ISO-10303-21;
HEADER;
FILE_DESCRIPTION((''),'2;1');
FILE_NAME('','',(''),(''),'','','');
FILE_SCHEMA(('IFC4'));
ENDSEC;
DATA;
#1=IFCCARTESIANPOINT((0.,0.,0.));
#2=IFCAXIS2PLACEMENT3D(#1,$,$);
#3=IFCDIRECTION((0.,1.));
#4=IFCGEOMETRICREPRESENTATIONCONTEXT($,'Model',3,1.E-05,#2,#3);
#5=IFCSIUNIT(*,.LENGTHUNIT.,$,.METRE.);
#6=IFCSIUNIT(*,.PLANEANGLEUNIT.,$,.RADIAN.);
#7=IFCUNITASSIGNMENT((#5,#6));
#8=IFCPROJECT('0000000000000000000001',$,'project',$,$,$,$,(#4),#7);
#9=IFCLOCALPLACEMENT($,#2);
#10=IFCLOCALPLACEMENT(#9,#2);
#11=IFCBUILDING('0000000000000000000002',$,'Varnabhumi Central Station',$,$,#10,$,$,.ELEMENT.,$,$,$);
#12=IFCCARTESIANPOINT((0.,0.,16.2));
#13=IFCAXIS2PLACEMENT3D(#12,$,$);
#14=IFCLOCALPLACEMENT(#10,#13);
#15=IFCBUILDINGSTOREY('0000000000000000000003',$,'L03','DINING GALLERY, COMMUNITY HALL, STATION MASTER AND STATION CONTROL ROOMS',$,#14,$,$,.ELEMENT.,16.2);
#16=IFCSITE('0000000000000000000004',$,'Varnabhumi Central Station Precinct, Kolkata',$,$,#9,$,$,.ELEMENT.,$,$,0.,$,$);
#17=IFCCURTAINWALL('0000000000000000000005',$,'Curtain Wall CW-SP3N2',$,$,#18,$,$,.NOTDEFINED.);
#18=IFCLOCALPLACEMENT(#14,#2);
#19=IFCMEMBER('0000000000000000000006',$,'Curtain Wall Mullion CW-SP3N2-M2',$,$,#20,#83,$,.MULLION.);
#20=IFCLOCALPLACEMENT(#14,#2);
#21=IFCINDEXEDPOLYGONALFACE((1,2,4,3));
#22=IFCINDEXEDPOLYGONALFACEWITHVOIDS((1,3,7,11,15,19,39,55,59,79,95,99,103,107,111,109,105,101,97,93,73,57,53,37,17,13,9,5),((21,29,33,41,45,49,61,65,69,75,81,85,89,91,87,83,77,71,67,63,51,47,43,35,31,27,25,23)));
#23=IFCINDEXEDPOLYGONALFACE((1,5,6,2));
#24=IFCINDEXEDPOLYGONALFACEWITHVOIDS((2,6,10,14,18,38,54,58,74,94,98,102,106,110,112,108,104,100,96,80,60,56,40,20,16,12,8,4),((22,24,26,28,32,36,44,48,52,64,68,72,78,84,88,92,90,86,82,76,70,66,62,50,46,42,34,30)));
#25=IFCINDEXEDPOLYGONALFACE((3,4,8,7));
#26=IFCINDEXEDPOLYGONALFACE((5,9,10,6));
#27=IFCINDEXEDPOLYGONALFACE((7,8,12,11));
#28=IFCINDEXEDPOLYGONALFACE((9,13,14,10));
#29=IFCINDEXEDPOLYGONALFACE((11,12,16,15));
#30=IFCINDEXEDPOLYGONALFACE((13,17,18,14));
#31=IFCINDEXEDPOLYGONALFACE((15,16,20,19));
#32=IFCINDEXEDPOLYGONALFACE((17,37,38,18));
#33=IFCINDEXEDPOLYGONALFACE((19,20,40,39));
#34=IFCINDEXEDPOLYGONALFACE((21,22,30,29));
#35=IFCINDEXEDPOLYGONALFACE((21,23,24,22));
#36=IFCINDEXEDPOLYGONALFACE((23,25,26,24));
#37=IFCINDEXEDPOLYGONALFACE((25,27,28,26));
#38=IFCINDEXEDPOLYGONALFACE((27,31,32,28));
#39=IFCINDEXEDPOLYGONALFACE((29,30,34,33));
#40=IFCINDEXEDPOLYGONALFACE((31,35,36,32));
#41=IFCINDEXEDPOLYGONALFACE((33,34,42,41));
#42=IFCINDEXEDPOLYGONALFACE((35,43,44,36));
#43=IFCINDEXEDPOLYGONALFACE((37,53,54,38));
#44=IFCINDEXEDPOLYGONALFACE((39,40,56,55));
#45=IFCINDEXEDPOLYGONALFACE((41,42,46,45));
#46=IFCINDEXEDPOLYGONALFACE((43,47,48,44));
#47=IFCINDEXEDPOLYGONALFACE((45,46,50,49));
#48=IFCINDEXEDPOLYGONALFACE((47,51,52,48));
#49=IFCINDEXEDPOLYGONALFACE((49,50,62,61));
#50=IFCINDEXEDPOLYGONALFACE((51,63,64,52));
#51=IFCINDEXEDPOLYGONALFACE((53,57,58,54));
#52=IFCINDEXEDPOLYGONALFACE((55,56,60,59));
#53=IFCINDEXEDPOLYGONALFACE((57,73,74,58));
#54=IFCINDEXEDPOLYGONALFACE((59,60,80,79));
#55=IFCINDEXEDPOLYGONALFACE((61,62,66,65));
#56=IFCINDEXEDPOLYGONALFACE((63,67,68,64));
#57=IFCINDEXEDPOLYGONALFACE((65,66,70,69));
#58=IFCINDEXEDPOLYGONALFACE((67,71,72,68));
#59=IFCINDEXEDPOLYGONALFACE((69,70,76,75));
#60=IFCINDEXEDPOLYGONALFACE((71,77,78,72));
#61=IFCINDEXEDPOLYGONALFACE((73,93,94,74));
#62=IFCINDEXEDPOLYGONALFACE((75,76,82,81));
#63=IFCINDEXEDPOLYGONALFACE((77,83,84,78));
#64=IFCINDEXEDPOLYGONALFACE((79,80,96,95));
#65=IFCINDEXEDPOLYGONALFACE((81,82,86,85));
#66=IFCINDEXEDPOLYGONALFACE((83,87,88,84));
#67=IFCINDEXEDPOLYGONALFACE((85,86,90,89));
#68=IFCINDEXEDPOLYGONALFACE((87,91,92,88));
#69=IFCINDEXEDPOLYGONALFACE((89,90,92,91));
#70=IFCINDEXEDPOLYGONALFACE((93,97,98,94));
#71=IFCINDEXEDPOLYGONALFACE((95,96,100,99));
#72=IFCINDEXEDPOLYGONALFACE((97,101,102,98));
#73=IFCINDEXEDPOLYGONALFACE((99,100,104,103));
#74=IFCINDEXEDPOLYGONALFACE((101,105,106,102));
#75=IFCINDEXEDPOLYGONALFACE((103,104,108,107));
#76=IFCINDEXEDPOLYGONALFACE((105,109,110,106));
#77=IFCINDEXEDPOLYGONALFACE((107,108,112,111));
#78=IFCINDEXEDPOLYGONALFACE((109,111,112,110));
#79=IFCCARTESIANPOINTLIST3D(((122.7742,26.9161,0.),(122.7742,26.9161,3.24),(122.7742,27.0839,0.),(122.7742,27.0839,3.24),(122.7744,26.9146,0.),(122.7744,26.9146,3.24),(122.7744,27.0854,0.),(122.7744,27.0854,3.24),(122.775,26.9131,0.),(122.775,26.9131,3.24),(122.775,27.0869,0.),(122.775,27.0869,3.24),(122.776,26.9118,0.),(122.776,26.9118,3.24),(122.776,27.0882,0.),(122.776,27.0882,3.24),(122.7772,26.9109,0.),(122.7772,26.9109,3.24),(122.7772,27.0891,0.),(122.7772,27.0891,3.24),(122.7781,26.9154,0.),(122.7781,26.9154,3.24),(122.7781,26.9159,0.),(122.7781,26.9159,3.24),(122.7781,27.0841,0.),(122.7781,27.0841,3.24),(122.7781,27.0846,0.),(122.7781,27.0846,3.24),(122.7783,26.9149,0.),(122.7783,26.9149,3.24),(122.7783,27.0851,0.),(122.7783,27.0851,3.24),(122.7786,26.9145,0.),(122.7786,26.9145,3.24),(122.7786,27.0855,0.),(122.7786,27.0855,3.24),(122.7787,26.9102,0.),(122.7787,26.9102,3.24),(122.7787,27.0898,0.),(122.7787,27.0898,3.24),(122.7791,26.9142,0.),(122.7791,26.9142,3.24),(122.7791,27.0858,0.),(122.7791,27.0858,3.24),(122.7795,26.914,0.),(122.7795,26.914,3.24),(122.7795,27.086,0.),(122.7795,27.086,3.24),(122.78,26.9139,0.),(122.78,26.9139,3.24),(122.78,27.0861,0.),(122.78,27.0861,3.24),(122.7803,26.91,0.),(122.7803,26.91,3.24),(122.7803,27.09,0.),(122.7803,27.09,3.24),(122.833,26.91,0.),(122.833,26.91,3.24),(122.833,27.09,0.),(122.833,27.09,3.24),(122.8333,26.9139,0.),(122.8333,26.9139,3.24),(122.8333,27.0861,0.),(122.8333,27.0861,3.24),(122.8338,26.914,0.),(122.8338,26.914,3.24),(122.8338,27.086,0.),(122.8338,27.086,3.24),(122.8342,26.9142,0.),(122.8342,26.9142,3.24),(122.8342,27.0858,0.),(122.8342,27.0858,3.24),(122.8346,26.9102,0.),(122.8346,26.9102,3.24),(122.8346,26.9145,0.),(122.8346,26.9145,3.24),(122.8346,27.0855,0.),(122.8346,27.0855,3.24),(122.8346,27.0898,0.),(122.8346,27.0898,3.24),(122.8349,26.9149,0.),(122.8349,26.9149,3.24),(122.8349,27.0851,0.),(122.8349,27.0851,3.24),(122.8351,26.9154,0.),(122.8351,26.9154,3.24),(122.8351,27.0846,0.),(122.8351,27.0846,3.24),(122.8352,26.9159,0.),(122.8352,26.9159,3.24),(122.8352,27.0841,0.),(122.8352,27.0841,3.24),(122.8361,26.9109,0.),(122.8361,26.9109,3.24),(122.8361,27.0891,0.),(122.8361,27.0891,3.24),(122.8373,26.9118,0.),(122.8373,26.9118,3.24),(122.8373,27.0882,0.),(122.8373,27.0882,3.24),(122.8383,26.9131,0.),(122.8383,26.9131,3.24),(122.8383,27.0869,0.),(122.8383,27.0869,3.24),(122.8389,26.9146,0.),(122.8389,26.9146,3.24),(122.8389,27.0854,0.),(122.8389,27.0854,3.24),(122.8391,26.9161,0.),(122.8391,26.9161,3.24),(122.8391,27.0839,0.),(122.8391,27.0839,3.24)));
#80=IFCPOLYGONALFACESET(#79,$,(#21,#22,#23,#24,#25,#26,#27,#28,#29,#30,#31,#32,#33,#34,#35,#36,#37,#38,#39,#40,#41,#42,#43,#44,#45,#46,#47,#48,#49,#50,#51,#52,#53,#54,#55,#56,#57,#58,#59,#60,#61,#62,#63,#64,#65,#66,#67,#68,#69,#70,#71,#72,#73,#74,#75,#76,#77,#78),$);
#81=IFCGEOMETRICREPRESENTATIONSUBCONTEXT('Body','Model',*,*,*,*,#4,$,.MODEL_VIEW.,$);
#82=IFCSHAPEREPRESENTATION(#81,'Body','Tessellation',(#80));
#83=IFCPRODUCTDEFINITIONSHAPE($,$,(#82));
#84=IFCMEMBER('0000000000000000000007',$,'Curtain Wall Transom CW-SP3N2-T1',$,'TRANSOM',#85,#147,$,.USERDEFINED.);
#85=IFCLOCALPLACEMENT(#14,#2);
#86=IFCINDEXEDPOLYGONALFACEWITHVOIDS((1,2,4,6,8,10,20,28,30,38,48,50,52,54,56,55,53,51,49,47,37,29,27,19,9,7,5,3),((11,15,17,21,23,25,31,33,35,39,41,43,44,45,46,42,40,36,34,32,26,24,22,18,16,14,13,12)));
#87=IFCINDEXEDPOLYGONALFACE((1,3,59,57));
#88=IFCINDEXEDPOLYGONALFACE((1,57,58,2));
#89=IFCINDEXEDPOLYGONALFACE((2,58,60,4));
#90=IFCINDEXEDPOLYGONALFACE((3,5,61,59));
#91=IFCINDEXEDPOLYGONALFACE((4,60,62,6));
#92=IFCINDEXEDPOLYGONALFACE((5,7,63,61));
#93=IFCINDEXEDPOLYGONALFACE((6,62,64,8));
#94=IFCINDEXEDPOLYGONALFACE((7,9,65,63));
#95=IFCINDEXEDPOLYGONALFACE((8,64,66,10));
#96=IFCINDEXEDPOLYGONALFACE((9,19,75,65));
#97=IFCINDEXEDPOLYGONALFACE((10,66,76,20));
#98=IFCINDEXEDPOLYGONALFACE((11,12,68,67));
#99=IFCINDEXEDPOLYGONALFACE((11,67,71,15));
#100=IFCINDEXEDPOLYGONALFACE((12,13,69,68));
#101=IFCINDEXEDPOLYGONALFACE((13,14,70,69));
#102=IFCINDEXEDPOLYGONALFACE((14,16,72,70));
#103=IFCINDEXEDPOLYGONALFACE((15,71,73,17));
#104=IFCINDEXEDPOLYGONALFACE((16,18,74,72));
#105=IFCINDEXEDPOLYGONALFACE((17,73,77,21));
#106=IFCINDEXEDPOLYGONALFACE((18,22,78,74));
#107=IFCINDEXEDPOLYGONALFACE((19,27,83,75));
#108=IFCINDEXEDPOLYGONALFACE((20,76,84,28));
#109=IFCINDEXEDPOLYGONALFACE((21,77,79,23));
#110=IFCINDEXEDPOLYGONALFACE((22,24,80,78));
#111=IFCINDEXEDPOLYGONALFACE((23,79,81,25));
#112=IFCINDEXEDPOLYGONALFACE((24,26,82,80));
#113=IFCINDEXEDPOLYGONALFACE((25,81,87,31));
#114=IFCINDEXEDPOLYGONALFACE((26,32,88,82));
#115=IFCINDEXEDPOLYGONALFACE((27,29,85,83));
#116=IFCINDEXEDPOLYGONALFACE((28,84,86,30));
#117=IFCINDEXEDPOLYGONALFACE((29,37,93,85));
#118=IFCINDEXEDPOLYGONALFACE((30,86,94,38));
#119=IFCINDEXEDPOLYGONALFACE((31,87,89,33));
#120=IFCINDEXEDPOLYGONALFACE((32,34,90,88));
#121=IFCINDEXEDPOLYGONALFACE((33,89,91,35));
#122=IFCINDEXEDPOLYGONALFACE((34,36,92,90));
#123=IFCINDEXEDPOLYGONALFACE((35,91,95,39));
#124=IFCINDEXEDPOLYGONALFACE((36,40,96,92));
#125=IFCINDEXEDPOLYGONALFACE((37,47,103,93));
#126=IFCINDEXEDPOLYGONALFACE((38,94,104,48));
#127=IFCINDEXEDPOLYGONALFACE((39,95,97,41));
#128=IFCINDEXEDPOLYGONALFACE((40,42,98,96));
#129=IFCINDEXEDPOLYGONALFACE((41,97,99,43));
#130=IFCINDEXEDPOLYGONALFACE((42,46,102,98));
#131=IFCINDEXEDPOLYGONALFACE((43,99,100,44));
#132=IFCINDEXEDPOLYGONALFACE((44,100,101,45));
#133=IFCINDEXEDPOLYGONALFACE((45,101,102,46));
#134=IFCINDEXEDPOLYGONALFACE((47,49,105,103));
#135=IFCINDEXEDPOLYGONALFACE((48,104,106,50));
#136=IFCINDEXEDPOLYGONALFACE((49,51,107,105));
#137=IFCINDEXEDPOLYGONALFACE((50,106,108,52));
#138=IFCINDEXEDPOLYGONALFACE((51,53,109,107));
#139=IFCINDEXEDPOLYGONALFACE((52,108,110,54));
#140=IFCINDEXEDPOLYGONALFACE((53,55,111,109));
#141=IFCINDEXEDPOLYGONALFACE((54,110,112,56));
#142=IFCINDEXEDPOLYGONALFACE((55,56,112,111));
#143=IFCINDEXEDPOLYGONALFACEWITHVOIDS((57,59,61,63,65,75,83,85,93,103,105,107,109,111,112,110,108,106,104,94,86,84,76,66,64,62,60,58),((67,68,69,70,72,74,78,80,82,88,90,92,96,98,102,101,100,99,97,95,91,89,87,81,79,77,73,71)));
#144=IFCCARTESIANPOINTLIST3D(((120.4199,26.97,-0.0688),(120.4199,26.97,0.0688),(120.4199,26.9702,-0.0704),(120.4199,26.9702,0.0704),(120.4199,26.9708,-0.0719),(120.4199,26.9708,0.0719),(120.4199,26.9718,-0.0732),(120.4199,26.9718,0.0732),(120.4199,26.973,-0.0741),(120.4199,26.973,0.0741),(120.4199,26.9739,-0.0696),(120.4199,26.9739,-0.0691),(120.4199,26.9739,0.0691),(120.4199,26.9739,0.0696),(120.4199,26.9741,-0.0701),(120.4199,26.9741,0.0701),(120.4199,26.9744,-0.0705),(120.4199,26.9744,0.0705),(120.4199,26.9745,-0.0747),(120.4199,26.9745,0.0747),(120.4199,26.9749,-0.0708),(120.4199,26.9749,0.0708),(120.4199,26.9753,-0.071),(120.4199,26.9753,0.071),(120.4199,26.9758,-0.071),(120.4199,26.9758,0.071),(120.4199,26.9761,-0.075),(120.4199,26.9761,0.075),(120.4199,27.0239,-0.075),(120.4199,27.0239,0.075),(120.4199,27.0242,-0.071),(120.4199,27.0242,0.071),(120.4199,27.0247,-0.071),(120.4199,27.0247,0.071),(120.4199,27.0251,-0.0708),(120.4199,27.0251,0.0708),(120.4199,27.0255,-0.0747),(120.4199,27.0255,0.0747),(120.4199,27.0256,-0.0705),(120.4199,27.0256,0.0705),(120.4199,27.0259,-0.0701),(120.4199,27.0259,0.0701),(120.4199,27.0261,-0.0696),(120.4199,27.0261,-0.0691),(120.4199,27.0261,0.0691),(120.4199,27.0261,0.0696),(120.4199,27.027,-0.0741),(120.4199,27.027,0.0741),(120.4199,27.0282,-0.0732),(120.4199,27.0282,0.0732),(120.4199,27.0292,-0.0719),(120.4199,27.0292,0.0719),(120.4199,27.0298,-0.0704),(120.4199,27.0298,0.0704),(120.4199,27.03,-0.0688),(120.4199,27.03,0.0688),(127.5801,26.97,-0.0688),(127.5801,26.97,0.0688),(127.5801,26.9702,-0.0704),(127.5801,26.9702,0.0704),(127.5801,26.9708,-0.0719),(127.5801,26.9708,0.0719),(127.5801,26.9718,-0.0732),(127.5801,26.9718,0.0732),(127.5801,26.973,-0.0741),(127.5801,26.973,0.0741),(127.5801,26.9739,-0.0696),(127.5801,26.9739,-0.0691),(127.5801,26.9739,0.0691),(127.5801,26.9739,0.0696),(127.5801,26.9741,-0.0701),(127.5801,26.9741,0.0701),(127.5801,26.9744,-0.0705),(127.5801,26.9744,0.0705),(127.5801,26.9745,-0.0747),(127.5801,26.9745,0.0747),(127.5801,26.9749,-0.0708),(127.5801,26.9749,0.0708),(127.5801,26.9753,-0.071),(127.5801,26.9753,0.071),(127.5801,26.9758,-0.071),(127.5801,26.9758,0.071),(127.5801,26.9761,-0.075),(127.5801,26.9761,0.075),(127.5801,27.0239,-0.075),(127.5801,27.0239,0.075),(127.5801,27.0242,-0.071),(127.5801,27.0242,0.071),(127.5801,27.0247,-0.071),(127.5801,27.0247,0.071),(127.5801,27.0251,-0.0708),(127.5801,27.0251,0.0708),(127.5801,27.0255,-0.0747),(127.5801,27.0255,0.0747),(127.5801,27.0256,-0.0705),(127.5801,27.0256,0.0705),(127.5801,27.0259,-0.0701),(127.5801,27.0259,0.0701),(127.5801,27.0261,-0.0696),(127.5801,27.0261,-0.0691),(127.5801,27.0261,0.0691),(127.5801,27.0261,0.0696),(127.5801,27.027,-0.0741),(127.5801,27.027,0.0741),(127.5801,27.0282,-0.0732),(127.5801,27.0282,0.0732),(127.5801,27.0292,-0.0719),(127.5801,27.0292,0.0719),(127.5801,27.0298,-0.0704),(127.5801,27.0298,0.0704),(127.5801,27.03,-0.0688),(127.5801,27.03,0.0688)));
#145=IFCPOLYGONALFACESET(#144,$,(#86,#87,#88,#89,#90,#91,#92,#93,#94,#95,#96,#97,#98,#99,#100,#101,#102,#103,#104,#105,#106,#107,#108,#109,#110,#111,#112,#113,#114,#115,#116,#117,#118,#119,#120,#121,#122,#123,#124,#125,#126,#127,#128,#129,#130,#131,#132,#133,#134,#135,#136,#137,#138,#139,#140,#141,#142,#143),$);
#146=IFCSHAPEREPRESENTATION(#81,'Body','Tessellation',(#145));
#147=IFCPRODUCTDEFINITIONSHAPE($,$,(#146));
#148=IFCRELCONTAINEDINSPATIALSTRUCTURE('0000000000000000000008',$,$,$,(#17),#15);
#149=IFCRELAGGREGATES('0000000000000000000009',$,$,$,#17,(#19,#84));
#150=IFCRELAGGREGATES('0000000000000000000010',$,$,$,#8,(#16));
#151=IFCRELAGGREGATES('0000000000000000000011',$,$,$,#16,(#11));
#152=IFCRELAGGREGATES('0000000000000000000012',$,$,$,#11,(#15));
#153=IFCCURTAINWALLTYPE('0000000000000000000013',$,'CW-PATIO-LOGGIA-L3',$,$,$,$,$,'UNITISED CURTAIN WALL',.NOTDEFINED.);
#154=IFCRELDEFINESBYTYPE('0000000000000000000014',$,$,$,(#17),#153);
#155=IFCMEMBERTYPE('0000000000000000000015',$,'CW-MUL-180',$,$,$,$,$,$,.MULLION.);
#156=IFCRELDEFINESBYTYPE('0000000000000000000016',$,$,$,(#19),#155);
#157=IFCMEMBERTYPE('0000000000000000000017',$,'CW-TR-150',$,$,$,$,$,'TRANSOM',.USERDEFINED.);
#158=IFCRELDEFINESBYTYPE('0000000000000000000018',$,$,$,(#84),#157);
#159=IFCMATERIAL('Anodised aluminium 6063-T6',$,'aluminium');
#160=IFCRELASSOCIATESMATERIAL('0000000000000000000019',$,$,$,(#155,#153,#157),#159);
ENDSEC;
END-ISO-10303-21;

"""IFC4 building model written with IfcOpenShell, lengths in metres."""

from ifc_helpers import new_model, si_unit, direction, frame, origin, origin_2d, place, context, subcontext, project, spatial, hollow_rectangle, extrude, material, material_profile, profile_set, type_object, element, aggregate, save


model = new_model("IFC4")

# Units and contexts
model_context = context("Model", 3, precision=1e-05, world=origin(), true_north=direction((0.0, 1.0)))
body_context = subcontext(model_context, "Body", "Model", "MODEL_VIEW")
ifc_project = project(units=[si_unit("LENGTHUNIT", "METRE"), si_unit("PLANEANGLEUNIT", "RADIAN")], contexts=[model_context])

# Site, building, storey
site_placement = place(None, origin())
site = spatial("IfcSite", under=ifc_project, at=site_placement, Name="Varnabhumi Central Station Precinct, Kolkata", CompositionType="ELEMENT", RefElevation=0.0)
building_placement = place(site_placement, origin())
building = spatial("IfcBuilding", under=site, at=building_placement, Name="Varnabhumi Central Station", CompositionType="ELEMENT")
storey_placement = place(building_placement, frame((0.0, 0.0, 16.2)))
storey = spatial("IfcBuildingStorey", under=building, at=storey_placement, Name="L03", Description="DINING GALLERY, COMMUNITY HALL, STATION MASTER AND STATION CONTROL ROOMS", CompositionType="ELEMENT", Elevation=16.2)

# Shared definitions
ifc_material_1 = material(Name="Anodised aluminium 6063-T6", Category="aluminium")
ifc_material_profile_1 = material_profile(ifc_material_1, hollow_rectangle(XDim=0.0649, YDim=0.1799, WallThickness=0.0039, InnerFilletRadius=0.002, OuterFilletRadius=0.0061, at=origin_2d()), Name="Anodised aluminium 6063-T6", Category="aluminium")
ifc_profile_set_1 = profile_set([ifc_material_profile_1], Name="Anodised aluminium 6063-T6")
member_type_1 = type_object("IfcMemberType", Name="CW-MUL-180", PredefinedType="MULLION", material=ifc_profile_set_1)

# Curtain wall, members
curtain_wall_type_1 = type_object("IfcCurtainWallType", Name="CW-PATIO-LOGGIA-L3", ElementType="UNITISED CURTAIN WALL", PredefinedType="NOTDEFINED", material=ifc_material_1)
curtain_wall_1_placement = place(storey_placement, origin())
curtain_wall_1 = element("IfcCurtainWall", 1, at=curtain_wall_1_placement, inside=storey, type_object=curtain_wall_type_1, Name="Curtain Wall CW-SP3N2", PredefinedType="NOTDEFINED")
member_1_placement = place(storey_placement, frame((122.8066, 27.0, 0.0), z_axis=(0.0, 0.0, 1.0), x_axis=(1.0, 0.0, 0.0)))
member_1 = element("IfcMember", 2, at=member_1_placement, type_object=member_type_1, Name="Curtain Wall Mullion CW-SP3N2-M2", PredefinedType="MULLION", context=body_context, shape_type="SweptSolid", body=[
    extrude(hollow_rectangle(XDim=0.0649, YDim=0.1799, WallThickness=0.0039, InnerFilletRadius=0.002, OuterFilletRadius=0.0061, at=origin_2d()), origin(), (0.0, 0.0, 1.0), 3.24),
])
ifc_material_profile_2 = material_profile(ifc_material_1, hollow_rectangle(XDim=0.0601, YDim=0.1499, WallThickness=0.0039, InnerFilletRadius=0.002, OuterFilletRadius=0.0061, at=origin_2d()), Name="Anodised aluminium 6063-T6", Category="aluminium")
ifc_profile_set_2 = profile_set([ifc_material_profile_2], Name="Anodised aluminium 6063-T6")
member_type_2 = type_object("IfcMemberType", Name="CW-TR-150", ElementType="TRANSOM", PredefinedType="USERDEFINED", material=ifc_profile_set_2)
member_2_placement = place(storey_placement, frame((120.4199, 27.0, 0.0), z_axis=(1.0, 0.0, 0.0), x_axis=(0.0, 1.0, 0.0)))
member_2 = element("IfcMember", 3, at=member_2_placement, type_object=member_type_2, Name="Curtain Wall Transom CW-SP3N2-T1", ObjectType="TRANSOM", PredefinedType="USERDEFINED", context=body_context, shape_type="SweptSolid", body=[
    extrude(hollow_rectangle(XDim=0.0601, YDim=0.1499, WallThickness=0.0039, InnerFilletRadius=0.002, OuterFilletRadius=0.0061, at=origin_2d()), origin(), (0.0, 0.0, 1.0), 7.1602),
])

aggregate(curtain_wall_1, [member_1, member_2])

save(model, "model.ifc")
